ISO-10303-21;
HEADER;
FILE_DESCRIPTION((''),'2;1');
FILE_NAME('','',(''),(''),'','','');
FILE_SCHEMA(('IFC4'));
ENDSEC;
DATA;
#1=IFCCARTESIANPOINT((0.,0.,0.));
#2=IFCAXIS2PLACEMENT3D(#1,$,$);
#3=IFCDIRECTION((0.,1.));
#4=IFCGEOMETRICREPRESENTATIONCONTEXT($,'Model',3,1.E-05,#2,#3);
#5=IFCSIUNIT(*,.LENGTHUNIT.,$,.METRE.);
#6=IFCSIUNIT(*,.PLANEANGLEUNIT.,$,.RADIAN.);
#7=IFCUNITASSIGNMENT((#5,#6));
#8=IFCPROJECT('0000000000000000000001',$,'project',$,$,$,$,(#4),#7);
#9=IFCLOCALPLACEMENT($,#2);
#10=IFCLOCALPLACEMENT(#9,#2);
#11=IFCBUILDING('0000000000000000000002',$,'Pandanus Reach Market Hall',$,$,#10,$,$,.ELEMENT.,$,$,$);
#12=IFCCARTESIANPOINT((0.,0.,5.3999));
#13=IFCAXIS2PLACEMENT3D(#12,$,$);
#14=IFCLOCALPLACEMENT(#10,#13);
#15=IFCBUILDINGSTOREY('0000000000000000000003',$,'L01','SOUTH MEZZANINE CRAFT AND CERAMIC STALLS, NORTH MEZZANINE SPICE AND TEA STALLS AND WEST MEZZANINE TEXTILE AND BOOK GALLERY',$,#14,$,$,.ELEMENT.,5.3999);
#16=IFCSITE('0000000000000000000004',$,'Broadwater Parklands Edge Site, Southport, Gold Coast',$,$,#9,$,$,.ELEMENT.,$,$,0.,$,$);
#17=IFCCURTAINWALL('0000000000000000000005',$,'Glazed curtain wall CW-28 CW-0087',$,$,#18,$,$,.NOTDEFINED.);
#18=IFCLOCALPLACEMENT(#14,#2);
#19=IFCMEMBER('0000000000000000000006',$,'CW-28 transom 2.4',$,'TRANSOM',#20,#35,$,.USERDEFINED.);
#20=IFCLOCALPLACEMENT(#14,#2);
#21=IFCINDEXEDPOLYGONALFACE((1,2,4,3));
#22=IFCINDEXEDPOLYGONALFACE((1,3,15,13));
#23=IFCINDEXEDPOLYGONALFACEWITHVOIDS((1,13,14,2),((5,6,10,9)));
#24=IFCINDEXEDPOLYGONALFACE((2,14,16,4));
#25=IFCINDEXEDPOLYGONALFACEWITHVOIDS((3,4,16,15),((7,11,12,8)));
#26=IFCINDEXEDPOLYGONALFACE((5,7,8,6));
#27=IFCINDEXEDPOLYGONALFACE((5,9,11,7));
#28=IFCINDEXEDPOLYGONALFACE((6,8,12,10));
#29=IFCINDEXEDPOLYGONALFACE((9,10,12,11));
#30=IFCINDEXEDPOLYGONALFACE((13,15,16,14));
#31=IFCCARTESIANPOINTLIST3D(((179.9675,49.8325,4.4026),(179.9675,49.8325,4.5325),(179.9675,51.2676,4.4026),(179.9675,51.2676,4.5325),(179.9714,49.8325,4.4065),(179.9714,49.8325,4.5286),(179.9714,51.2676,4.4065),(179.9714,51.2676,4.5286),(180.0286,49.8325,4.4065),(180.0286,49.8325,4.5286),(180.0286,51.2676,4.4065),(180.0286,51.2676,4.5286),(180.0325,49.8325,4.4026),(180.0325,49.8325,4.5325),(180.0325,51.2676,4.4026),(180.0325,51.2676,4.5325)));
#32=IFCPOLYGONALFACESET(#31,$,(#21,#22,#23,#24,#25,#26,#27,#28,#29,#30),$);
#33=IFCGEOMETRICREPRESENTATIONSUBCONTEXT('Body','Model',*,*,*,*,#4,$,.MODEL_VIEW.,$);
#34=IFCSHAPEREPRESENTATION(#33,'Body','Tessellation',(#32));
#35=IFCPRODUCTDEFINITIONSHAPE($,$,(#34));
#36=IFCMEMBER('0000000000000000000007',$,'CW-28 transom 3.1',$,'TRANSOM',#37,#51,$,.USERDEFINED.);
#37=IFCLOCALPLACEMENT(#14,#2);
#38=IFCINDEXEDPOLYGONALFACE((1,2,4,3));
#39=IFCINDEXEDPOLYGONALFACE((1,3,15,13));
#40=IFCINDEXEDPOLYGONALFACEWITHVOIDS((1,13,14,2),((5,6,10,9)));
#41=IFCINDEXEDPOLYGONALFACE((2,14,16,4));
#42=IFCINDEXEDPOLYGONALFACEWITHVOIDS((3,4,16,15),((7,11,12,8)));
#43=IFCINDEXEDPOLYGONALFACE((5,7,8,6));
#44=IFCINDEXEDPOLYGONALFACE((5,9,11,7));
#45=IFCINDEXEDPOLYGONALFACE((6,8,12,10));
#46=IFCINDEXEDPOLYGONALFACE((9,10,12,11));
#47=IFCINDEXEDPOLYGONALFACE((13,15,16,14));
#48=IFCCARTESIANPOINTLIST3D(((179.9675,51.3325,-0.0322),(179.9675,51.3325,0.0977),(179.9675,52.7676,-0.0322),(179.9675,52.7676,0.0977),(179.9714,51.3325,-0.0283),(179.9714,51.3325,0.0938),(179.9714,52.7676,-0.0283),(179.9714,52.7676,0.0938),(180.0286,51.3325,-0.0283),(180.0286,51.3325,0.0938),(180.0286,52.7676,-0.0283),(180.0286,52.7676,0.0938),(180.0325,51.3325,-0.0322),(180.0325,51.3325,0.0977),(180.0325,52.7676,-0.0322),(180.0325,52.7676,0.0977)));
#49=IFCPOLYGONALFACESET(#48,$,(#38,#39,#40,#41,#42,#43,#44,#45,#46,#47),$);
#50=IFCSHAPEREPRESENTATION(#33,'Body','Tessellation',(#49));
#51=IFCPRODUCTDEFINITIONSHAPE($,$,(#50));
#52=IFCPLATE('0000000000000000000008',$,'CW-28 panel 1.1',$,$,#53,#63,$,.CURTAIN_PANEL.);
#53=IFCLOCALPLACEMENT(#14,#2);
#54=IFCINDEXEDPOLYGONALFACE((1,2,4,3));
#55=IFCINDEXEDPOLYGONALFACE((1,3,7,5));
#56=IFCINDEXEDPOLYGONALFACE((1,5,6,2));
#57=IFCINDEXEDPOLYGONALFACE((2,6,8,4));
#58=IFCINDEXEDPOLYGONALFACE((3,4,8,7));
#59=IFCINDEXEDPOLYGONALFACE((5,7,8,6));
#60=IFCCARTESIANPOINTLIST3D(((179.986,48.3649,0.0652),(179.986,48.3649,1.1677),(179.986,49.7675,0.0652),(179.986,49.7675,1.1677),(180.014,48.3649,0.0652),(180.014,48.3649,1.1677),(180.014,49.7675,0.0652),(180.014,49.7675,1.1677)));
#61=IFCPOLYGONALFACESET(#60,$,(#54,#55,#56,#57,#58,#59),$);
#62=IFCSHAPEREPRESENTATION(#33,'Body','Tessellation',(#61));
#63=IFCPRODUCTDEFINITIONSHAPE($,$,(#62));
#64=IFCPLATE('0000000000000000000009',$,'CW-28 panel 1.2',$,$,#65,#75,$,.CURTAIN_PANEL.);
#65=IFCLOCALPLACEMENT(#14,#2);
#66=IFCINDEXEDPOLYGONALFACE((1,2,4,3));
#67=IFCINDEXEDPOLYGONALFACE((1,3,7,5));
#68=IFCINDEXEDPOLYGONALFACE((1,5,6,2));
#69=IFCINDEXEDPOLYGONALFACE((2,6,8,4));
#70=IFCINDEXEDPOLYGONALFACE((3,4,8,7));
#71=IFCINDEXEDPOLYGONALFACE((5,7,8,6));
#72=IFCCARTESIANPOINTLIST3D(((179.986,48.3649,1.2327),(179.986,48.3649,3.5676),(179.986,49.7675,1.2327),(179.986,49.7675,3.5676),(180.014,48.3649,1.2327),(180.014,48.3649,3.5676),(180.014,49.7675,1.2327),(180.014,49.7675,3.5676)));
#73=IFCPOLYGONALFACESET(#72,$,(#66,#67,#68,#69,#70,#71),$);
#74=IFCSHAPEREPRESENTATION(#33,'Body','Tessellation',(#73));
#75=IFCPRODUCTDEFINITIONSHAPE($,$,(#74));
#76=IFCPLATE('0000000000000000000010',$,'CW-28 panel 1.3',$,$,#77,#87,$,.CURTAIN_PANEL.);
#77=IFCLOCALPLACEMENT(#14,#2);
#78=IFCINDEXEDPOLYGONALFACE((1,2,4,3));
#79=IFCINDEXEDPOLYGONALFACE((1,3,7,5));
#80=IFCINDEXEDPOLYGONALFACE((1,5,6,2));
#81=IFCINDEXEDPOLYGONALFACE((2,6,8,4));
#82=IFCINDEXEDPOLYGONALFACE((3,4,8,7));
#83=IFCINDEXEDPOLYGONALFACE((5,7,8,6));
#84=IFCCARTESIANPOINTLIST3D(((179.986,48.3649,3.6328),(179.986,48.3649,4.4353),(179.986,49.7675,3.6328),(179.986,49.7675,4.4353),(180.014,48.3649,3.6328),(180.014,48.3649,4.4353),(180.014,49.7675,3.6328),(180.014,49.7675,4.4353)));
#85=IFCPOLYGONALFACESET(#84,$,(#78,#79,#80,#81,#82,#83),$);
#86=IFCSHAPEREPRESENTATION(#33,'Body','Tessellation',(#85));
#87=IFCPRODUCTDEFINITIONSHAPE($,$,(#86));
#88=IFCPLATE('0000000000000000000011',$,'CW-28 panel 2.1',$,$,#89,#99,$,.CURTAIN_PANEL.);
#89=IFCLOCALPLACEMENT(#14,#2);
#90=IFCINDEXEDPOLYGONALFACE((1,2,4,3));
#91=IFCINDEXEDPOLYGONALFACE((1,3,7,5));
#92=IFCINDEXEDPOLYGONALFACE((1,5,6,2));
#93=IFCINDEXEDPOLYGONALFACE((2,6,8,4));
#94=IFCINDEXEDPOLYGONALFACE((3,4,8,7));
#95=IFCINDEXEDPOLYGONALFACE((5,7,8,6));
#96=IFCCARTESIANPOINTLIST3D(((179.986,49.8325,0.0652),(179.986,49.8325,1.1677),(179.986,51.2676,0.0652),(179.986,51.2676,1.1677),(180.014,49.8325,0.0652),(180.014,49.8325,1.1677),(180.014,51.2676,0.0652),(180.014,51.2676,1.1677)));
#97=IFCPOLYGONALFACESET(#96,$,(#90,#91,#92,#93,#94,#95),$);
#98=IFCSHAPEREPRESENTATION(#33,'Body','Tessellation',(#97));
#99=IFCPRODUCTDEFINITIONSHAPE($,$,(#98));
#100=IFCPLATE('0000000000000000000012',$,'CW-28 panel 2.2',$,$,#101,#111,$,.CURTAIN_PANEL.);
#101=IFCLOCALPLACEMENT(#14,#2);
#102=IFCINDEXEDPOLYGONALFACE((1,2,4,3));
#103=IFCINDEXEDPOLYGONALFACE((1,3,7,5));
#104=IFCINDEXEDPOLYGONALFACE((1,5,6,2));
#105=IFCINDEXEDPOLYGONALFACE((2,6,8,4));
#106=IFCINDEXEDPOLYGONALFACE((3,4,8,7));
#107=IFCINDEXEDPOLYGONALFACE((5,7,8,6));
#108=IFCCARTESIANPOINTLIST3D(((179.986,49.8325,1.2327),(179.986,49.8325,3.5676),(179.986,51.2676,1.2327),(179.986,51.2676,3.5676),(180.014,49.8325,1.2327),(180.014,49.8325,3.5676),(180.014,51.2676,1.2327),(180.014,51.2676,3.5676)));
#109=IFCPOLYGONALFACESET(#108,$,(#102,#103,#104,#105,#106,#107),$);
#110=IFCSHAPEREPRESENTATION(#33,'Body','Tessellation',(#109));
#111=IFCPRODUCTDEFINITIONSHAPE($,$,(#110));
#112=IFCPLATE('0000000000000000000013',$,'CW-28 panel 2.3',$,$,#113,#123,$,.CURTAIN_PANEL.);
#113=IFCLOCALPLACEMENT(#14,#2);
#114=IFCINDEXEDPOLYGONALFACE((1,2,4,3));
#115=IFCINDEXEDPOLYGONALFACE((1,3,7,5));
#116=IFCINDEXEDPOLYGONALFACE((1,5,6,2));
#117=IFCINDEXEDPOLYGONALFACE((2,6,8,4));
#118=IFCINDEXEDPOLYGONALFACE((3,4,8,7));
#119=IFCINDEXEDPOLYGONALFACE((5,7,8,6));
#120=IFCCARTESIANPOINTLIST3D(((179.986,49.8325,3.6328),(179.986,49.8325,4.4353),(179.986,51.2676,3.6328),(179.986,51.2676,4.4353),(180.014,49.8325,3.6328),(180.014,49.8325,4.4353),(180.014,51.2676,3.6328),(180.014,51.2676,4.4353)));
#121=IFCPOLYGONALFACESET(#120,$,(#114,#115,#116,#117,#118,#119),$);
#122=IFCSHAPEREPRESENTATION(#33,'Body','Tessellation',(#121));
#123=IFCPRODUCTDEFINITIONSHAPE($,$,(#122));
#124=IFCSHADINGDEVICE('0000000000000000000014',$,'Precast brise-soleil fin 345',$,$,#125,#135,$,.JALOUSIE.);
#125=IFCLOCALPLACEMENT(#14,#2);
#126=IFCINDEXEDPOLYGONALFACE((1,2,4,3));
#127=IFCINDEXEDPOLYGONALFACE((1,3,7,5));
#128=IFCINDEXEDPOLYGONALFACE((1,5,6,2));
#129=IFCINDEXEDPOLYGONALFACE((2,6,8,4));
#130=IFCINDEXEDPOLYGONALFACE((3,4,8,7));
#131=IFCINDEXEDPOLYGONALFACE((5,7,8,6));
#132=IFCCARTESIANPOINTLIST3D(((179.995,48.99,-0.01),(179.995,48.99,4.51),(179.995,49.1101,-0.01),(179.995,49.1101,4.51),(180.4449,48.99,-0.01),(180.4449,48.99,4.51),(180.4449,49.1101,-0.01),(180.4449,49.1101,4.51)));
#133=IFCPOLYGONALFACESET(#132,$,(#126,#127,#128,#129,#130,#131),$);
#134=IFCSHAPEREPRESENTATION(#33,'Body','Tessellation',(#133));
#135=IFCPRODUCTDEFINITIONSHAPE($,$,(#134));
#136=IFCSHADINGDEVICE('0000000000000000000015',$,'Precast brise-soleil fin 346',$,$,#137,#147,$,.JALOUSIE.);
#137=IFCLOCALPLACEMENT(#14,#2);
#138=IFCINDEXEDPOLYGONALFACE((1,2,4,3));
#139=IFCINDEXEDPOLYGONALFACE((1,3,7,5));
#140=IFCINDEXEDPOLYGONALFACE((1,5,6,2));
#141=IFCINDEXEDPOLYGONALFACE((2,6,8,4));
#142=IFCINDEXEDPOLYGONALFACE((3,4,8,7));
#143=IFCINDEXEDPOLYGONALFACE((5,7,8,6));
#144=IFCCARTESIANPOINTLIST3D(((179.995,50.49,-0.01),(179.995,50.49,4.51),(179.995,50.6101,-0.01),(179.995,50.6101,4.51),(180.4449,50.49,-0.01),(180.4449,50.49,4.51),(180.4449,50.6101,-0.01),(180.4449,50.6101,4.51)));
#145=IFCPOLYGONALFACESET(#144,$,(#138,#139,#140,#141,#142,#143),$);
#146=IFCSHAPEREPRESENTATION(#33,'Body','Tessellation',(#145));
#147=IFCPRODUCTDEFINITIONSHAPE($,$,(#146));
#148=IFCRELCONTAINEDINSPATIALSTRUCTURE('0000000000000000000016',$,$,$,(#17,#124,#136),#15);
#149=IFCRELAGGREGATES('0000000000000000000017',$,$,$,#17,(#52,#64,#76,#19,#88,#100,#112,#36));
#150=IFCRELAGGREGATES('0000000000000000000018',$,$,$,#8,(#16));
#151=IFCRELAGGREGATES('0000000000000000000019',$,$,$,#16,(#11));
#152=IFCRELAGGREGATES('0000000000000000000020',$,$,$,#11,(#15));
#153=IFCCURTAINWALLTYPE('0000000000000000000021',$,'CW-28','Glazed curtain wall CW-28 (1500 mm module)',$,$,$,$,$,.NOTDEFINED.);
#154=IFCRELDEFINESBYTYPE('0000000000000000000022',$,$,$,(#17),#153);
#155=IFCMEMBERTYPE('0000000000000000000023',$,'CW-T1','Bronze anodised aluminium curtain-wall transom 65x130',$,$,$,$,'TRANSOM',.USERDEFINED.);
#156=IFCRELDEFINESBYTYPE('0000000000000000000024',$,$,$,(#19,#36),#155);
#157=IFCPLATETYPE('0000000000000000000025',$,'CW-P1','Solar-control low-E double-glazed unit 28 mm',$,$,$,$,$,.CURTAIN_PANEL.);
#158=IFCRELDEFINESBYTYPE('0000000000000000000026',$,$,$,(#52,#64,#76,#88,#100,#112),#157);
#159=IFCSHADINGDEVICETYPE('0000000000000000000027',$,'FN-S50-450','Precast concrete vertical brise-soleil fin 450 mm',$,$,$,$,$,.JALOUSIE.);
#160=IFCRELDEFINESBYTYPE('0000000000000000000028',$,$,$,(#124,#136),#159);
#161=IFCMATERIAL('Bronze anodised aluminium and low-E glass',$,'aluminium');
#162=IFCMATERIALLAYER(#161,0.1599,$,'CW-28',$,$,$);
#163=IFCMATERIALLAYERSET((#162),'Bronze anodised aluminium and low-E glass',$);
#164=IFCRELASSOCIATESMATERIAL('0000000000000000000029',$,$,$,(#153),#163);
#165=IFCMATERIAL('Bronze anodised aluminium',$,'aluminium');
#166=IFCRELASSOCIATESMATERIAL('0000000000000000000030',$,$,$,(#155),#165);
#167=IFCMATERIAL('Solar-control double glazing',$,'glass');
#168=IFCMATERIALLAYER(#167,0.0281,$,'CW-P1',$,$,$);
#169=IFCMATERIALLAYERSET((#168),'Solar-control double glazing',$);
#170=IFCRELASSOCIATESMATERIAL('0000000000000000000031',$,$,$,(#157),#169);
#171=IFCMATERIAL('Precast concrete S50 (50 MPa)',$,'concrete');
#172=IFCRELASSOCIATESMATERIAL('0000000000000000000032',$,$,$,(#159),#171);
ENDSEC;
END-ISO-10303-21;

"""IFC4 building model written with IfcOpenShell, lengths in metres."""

from ifc_helpers import new_model, si_unit, direction, frame, origin, origin_2d, place, context, subcontext, project, spatial, rectangle, hollow_rectangle, extrude, material, layer, layer_set, material_profile, profile_set, type_object, element, aggregate, save


model = new_model("IFC4")

# Units and contexts
model_context = context("Model", 3, precision=1e-05, world=origin(), true_north=direction((0.0, 1.0)))
body_context = subcontext(model_context, "Body", "Model", "MODEL_VIEW")
ifc_project = project(units=[si_unit("LENGTHUNIT", "METRE"), si_unit("PLANEANGLEUNIT", "RADIAN")], contexts=[model_context])

# Site, building, storey
site_placement = place(None, origin())
site = spatial("IfcSite", under=ifc_project, at=site_placement, Name="Broadwater Parklands Edge Site, Southport, Gold Coast", CompositionType="ELEMENT", RefElevation=0.0)
building_placement = place(site_placement, origin())
building = spatial("IfcBuilding", under=site, at=building_placement, Name="Pandanus Reach Market Hall", CompositionType="ELEMENT")
storey_placement = place(building_placement, frame((0.0, 0.0, 5.3999)))
storey = spatial("IfcBuildingStorey", under=building, at=storey_placement, Name="L01", Description="SOUTH MEZZANINE CRAFT AND CERAMIC STALLS, NORTH MEZZANINE SPICE AND TEA STALLS AND WEST MEZZANINE TEXTILE AND BOOK GALLERY", CompositionType="ELEMENT", Elevation=5.3999)

# Curtain wall, members, plates
ifc_material_1 = material(Name="Bronze anodised aluminium and low-E glass", Category="aluminium")
ifc_layer_1 = layer(ifc_material_1, 0.1599, Name="CW-28")
ifc_layer_set_1 = layer_set([ifc_layer_1], Name="Bronze anodised aluminium and low-E glass")
curtain_wall_type = type_object("IfcCurtainWallType", Name="CW-28", Description="Glazed curtain wall CW-28 (1500 mm module)", PredefinedType="NOTDEFINED", material=ifc_layer_set_1)
curtain_wall_placement = place(storey_placement, origin())
curtain_wall = element("IfcCurtainWall", 1, at=curtain_wall_placement, inside=storey, type_object=curtain_wall_type, Name="Glazed curtain wall CW-28 CW-0087", PredefinedType="NOTDEFINED")
ifc_material_2 = material(Name="Bronze anodised aluminium", Category="aluminium")
ifc_material_profile_1 = material_profile(ifc_material_2, hollow_rectangle(XDim=0.0649, YDim=0.1299, WallThickness=0.0039, at=origin_2d()), Name="ALU65x130", Category="LoadBearing")
ifc_profile_set_1 = profile_set([ifc_material_profile_1], Name="Bronze anodised aluminium")
member_type_1 = type_object("IfcMemberType", Name="CW-T1", Description="Bronze anodised aluminium curtain-wall transom 65x130", ElementType="TRANSOM", PredefinedType="USERDEFINED", material=ifc_profile_set_1)
member_1_placement = place(storey_placement, frame((180.0, 49.8325, 4.4675), z_axis=(0.0, 1.0, 0.0), x_axis=(-1.0, 0.0, 0.0)))
member_1 = element("IfcMember", 2, at=member_1_placement, type_object=member_type_1, Name="CW-28 transom 2.4", ObjectType="TRANSOM", PredefinedType="USERDEFINED", context=body_context, shape_type="SweptSolid", body=[
    extrude(hollow_rectangle(XDim=0.0649, YDim=0.1299, WallThickness=0.0039, at=origin_2d()), origin(), (0.0, 0.0, 1.0), 1.4351),
])
member_2_placement = place(storey_placement, frame((180.0, 51.3325, 0.0327), z_axis=(0.0, 1.0, 0.0), x_axis=(-1.0, 0.0, 0.0)))
member_2 = element("IfcMember", 3, at=member_2_placement, type_object=member_type_1, Name="CW-28 transom 3.1", ObjectType="TRANSOM", PredefinedType="USERDEFINED", context=body_context, shape_type="SweptSolid", body=[
    extrude(hollow_rectangle(XDim=0.0649, YDim=0.1299, WallThickness=0.0039, at=origin_2d()), origin(), (0.0, 0.0, 1.0), 1.4351),
])
ifc_material_3 = material(Name="Solar-control double glazing", Category="glass")
ifc_layer_2 = layer(ifc_material_3, 0.0281, Name="CW-P1")
ifc_layer_set_2 = layer_set([ifc_layer_2], Name="Solar-control double glazing")
plate_type = type_object("IfcPlateType", Name="CW-P1", Description="Solar-control low-E double-glazed unit 28 mm", PredefinedType="CURTAIN_PANEL", material=ifc_layer_set_2)
plate_1_placement = place(storey_placement, frame((180.0, 49.0662, 0.0652), z_axis=(0.0, 0.0, 1.0), x_axis=(0.0, 1.0, 0.0)))
plate_1 = element("IfcPlate", 4, at=plate_1_placement, type_object=plate_type, Name="CW-28 panel 1.1", PredefinedType="CURTAIN_PANEL", context=body_context, shape_type="SweptSolid", body=[
    extrude(rectangle(XDim=1.4026, YDim=0.0281, at=origin_2d()), origin(), (0.0, 0.0, 1.0), 1.1025),
])
plate_2_placement = place(storey_placement, frame((180.0, 49.0662, 1.2327), z_axis=(0.0, 0.0, 1.0), x_axis=(0.0, 1.0, 0.0)))
plate_2 = element("IfcPlate", 5, at=plate_2_placement, type_object=plate_type, Name="CW-28 panel 1.2", PredefinedType="CURTAIN_PANEL", context=body_context, shape_type="SweptSolid", body=[
    extrude(rectangle(XDim=1.4026, YDim=0.0281, at=origin_2d()), origin(), (0.0, 0.0, 1.0), 2.335),
])
plate_3_placement = place(storey_placement, frame((180.0, 49.0662, 3.6328), z_axis=(0.0, 0.0, 1.0), x_axis=(0.0, 1.0, 0.0)))
plate_3 = element("IfcPlate", 6, at=plate_3_placement, type_object=plate_type, Name="CW-28 panel 1.3", PredefinedType="CURTAIN_PANEL", context=body_context, shape_type="SweptSolid", body=[
    extrude(rectangle(XDim=1.4026, YDim=0.0281, at=origin_2d()), origin(), (0.0, 0.0, 1.0), 0.8025),
])
plate_4_placement = place(storey_placement, frame((180.0, 50.55, 0.0652), z_axis=(0.0, 0.0, 1.0), x_axis=(0.0, 1.0, 0.0)))
plate_4 = element("IfcPlate", 7, at=plate_4_placement, type_object=plate_type, Name="CW-28 panel 2.1", PredefinedType="CURTAIN_PANEL", context=body_context, shape_type="SweptSolid", body=[
    extrude(rectangle(XDim=1.4351, YDim=0.0281, at=origin_2d()), origin(), (0.0, 0.0, 1.0), 1.1025),
])
plate_5_placement = place(storey_placement, frame((180.0, 50.55, 1.2327), z_axis=(0.0, 0.0, 1.0), x_axis=(0.0, 1.0, 0.0)))
plate_5 = element("IfcPlate", 8, at=plate_5_placement, type_object=plate_type, Name="CW-28 panel 2.2", PredefinedType="CURTAIN_PANEL", context=body_context, shape_type="SweptSolid", body=[
    extrude(rectangle(XDim=1.4351, YDim=0.0281, at=origin_2d()), origin(), (0.0, 0.0, 1.0), 2.335),
])
plate_6_placement = place(storey_placement, frame((180.0, 50.55, 3.6328), z_axis=(0.0, 0.0, 1.0), x_axis=(0.0, 1.0, 0.0)))
plate_6 = element("IfcPlate", 9, at=plate_6_placement, type_object=plate_type, Name="CW-28 panel 2.3", PredefinedType="CURTAIN_PANEL", context=body_context, shape_type="SweptSolid", body=[
    extrude(rectangle(XDim=1.4351, YDim=0.0281, at=origin_2d()), origin(), (0.0, 0.0, 1.0), 0.8025),
])
aggregate(curtain_wall, [plate_1, plate_2, plate_3, member_1, plate_4, plate_5, plate_6, member_2])

# Shading devices
ifc_material_4 = material(Name="Precast concrete S50 (50 MPa)", Category="concrete")
shading_device_type = type_object("IfcShadingDeviceType", Name="FN-S50-450", Description="Precast concrete vertical brise-soleil fin 450 mm", PredefinedType="JALOUSIE", material=ifc_material_4)
for number, where, z_axis, x_axis, name in (
    (10, (180.22, 49.05, -0.01), (0.0, 0.0, 1.0), (1.0, 0.0, 0.0), "Precast brise-soleil fin 345"),
    (11, (180.22, 50.55, -0.01), (0.0, 0.0, 1.0), (1.0, 0.0, 0.0), "Precast brise-soleil fin 346"),
):
    element("IfcShadingDevice", number, at=place(storey_placement, frame(where, z_axis=z_axis, x_axis=x_axis)), inside=storey, type_object=shading_device_type, Name=name, PredefinedType="JALOUSIE", context=body_context, shape_type="SweptSolid", body=[
        extrude(rectangle(XDim=0.45, YDim=0.1201, at=origin_2d()), origin(), (0.0, 0.0, 1.0), 4.52),
    ])

save(model, "model.ifc")
